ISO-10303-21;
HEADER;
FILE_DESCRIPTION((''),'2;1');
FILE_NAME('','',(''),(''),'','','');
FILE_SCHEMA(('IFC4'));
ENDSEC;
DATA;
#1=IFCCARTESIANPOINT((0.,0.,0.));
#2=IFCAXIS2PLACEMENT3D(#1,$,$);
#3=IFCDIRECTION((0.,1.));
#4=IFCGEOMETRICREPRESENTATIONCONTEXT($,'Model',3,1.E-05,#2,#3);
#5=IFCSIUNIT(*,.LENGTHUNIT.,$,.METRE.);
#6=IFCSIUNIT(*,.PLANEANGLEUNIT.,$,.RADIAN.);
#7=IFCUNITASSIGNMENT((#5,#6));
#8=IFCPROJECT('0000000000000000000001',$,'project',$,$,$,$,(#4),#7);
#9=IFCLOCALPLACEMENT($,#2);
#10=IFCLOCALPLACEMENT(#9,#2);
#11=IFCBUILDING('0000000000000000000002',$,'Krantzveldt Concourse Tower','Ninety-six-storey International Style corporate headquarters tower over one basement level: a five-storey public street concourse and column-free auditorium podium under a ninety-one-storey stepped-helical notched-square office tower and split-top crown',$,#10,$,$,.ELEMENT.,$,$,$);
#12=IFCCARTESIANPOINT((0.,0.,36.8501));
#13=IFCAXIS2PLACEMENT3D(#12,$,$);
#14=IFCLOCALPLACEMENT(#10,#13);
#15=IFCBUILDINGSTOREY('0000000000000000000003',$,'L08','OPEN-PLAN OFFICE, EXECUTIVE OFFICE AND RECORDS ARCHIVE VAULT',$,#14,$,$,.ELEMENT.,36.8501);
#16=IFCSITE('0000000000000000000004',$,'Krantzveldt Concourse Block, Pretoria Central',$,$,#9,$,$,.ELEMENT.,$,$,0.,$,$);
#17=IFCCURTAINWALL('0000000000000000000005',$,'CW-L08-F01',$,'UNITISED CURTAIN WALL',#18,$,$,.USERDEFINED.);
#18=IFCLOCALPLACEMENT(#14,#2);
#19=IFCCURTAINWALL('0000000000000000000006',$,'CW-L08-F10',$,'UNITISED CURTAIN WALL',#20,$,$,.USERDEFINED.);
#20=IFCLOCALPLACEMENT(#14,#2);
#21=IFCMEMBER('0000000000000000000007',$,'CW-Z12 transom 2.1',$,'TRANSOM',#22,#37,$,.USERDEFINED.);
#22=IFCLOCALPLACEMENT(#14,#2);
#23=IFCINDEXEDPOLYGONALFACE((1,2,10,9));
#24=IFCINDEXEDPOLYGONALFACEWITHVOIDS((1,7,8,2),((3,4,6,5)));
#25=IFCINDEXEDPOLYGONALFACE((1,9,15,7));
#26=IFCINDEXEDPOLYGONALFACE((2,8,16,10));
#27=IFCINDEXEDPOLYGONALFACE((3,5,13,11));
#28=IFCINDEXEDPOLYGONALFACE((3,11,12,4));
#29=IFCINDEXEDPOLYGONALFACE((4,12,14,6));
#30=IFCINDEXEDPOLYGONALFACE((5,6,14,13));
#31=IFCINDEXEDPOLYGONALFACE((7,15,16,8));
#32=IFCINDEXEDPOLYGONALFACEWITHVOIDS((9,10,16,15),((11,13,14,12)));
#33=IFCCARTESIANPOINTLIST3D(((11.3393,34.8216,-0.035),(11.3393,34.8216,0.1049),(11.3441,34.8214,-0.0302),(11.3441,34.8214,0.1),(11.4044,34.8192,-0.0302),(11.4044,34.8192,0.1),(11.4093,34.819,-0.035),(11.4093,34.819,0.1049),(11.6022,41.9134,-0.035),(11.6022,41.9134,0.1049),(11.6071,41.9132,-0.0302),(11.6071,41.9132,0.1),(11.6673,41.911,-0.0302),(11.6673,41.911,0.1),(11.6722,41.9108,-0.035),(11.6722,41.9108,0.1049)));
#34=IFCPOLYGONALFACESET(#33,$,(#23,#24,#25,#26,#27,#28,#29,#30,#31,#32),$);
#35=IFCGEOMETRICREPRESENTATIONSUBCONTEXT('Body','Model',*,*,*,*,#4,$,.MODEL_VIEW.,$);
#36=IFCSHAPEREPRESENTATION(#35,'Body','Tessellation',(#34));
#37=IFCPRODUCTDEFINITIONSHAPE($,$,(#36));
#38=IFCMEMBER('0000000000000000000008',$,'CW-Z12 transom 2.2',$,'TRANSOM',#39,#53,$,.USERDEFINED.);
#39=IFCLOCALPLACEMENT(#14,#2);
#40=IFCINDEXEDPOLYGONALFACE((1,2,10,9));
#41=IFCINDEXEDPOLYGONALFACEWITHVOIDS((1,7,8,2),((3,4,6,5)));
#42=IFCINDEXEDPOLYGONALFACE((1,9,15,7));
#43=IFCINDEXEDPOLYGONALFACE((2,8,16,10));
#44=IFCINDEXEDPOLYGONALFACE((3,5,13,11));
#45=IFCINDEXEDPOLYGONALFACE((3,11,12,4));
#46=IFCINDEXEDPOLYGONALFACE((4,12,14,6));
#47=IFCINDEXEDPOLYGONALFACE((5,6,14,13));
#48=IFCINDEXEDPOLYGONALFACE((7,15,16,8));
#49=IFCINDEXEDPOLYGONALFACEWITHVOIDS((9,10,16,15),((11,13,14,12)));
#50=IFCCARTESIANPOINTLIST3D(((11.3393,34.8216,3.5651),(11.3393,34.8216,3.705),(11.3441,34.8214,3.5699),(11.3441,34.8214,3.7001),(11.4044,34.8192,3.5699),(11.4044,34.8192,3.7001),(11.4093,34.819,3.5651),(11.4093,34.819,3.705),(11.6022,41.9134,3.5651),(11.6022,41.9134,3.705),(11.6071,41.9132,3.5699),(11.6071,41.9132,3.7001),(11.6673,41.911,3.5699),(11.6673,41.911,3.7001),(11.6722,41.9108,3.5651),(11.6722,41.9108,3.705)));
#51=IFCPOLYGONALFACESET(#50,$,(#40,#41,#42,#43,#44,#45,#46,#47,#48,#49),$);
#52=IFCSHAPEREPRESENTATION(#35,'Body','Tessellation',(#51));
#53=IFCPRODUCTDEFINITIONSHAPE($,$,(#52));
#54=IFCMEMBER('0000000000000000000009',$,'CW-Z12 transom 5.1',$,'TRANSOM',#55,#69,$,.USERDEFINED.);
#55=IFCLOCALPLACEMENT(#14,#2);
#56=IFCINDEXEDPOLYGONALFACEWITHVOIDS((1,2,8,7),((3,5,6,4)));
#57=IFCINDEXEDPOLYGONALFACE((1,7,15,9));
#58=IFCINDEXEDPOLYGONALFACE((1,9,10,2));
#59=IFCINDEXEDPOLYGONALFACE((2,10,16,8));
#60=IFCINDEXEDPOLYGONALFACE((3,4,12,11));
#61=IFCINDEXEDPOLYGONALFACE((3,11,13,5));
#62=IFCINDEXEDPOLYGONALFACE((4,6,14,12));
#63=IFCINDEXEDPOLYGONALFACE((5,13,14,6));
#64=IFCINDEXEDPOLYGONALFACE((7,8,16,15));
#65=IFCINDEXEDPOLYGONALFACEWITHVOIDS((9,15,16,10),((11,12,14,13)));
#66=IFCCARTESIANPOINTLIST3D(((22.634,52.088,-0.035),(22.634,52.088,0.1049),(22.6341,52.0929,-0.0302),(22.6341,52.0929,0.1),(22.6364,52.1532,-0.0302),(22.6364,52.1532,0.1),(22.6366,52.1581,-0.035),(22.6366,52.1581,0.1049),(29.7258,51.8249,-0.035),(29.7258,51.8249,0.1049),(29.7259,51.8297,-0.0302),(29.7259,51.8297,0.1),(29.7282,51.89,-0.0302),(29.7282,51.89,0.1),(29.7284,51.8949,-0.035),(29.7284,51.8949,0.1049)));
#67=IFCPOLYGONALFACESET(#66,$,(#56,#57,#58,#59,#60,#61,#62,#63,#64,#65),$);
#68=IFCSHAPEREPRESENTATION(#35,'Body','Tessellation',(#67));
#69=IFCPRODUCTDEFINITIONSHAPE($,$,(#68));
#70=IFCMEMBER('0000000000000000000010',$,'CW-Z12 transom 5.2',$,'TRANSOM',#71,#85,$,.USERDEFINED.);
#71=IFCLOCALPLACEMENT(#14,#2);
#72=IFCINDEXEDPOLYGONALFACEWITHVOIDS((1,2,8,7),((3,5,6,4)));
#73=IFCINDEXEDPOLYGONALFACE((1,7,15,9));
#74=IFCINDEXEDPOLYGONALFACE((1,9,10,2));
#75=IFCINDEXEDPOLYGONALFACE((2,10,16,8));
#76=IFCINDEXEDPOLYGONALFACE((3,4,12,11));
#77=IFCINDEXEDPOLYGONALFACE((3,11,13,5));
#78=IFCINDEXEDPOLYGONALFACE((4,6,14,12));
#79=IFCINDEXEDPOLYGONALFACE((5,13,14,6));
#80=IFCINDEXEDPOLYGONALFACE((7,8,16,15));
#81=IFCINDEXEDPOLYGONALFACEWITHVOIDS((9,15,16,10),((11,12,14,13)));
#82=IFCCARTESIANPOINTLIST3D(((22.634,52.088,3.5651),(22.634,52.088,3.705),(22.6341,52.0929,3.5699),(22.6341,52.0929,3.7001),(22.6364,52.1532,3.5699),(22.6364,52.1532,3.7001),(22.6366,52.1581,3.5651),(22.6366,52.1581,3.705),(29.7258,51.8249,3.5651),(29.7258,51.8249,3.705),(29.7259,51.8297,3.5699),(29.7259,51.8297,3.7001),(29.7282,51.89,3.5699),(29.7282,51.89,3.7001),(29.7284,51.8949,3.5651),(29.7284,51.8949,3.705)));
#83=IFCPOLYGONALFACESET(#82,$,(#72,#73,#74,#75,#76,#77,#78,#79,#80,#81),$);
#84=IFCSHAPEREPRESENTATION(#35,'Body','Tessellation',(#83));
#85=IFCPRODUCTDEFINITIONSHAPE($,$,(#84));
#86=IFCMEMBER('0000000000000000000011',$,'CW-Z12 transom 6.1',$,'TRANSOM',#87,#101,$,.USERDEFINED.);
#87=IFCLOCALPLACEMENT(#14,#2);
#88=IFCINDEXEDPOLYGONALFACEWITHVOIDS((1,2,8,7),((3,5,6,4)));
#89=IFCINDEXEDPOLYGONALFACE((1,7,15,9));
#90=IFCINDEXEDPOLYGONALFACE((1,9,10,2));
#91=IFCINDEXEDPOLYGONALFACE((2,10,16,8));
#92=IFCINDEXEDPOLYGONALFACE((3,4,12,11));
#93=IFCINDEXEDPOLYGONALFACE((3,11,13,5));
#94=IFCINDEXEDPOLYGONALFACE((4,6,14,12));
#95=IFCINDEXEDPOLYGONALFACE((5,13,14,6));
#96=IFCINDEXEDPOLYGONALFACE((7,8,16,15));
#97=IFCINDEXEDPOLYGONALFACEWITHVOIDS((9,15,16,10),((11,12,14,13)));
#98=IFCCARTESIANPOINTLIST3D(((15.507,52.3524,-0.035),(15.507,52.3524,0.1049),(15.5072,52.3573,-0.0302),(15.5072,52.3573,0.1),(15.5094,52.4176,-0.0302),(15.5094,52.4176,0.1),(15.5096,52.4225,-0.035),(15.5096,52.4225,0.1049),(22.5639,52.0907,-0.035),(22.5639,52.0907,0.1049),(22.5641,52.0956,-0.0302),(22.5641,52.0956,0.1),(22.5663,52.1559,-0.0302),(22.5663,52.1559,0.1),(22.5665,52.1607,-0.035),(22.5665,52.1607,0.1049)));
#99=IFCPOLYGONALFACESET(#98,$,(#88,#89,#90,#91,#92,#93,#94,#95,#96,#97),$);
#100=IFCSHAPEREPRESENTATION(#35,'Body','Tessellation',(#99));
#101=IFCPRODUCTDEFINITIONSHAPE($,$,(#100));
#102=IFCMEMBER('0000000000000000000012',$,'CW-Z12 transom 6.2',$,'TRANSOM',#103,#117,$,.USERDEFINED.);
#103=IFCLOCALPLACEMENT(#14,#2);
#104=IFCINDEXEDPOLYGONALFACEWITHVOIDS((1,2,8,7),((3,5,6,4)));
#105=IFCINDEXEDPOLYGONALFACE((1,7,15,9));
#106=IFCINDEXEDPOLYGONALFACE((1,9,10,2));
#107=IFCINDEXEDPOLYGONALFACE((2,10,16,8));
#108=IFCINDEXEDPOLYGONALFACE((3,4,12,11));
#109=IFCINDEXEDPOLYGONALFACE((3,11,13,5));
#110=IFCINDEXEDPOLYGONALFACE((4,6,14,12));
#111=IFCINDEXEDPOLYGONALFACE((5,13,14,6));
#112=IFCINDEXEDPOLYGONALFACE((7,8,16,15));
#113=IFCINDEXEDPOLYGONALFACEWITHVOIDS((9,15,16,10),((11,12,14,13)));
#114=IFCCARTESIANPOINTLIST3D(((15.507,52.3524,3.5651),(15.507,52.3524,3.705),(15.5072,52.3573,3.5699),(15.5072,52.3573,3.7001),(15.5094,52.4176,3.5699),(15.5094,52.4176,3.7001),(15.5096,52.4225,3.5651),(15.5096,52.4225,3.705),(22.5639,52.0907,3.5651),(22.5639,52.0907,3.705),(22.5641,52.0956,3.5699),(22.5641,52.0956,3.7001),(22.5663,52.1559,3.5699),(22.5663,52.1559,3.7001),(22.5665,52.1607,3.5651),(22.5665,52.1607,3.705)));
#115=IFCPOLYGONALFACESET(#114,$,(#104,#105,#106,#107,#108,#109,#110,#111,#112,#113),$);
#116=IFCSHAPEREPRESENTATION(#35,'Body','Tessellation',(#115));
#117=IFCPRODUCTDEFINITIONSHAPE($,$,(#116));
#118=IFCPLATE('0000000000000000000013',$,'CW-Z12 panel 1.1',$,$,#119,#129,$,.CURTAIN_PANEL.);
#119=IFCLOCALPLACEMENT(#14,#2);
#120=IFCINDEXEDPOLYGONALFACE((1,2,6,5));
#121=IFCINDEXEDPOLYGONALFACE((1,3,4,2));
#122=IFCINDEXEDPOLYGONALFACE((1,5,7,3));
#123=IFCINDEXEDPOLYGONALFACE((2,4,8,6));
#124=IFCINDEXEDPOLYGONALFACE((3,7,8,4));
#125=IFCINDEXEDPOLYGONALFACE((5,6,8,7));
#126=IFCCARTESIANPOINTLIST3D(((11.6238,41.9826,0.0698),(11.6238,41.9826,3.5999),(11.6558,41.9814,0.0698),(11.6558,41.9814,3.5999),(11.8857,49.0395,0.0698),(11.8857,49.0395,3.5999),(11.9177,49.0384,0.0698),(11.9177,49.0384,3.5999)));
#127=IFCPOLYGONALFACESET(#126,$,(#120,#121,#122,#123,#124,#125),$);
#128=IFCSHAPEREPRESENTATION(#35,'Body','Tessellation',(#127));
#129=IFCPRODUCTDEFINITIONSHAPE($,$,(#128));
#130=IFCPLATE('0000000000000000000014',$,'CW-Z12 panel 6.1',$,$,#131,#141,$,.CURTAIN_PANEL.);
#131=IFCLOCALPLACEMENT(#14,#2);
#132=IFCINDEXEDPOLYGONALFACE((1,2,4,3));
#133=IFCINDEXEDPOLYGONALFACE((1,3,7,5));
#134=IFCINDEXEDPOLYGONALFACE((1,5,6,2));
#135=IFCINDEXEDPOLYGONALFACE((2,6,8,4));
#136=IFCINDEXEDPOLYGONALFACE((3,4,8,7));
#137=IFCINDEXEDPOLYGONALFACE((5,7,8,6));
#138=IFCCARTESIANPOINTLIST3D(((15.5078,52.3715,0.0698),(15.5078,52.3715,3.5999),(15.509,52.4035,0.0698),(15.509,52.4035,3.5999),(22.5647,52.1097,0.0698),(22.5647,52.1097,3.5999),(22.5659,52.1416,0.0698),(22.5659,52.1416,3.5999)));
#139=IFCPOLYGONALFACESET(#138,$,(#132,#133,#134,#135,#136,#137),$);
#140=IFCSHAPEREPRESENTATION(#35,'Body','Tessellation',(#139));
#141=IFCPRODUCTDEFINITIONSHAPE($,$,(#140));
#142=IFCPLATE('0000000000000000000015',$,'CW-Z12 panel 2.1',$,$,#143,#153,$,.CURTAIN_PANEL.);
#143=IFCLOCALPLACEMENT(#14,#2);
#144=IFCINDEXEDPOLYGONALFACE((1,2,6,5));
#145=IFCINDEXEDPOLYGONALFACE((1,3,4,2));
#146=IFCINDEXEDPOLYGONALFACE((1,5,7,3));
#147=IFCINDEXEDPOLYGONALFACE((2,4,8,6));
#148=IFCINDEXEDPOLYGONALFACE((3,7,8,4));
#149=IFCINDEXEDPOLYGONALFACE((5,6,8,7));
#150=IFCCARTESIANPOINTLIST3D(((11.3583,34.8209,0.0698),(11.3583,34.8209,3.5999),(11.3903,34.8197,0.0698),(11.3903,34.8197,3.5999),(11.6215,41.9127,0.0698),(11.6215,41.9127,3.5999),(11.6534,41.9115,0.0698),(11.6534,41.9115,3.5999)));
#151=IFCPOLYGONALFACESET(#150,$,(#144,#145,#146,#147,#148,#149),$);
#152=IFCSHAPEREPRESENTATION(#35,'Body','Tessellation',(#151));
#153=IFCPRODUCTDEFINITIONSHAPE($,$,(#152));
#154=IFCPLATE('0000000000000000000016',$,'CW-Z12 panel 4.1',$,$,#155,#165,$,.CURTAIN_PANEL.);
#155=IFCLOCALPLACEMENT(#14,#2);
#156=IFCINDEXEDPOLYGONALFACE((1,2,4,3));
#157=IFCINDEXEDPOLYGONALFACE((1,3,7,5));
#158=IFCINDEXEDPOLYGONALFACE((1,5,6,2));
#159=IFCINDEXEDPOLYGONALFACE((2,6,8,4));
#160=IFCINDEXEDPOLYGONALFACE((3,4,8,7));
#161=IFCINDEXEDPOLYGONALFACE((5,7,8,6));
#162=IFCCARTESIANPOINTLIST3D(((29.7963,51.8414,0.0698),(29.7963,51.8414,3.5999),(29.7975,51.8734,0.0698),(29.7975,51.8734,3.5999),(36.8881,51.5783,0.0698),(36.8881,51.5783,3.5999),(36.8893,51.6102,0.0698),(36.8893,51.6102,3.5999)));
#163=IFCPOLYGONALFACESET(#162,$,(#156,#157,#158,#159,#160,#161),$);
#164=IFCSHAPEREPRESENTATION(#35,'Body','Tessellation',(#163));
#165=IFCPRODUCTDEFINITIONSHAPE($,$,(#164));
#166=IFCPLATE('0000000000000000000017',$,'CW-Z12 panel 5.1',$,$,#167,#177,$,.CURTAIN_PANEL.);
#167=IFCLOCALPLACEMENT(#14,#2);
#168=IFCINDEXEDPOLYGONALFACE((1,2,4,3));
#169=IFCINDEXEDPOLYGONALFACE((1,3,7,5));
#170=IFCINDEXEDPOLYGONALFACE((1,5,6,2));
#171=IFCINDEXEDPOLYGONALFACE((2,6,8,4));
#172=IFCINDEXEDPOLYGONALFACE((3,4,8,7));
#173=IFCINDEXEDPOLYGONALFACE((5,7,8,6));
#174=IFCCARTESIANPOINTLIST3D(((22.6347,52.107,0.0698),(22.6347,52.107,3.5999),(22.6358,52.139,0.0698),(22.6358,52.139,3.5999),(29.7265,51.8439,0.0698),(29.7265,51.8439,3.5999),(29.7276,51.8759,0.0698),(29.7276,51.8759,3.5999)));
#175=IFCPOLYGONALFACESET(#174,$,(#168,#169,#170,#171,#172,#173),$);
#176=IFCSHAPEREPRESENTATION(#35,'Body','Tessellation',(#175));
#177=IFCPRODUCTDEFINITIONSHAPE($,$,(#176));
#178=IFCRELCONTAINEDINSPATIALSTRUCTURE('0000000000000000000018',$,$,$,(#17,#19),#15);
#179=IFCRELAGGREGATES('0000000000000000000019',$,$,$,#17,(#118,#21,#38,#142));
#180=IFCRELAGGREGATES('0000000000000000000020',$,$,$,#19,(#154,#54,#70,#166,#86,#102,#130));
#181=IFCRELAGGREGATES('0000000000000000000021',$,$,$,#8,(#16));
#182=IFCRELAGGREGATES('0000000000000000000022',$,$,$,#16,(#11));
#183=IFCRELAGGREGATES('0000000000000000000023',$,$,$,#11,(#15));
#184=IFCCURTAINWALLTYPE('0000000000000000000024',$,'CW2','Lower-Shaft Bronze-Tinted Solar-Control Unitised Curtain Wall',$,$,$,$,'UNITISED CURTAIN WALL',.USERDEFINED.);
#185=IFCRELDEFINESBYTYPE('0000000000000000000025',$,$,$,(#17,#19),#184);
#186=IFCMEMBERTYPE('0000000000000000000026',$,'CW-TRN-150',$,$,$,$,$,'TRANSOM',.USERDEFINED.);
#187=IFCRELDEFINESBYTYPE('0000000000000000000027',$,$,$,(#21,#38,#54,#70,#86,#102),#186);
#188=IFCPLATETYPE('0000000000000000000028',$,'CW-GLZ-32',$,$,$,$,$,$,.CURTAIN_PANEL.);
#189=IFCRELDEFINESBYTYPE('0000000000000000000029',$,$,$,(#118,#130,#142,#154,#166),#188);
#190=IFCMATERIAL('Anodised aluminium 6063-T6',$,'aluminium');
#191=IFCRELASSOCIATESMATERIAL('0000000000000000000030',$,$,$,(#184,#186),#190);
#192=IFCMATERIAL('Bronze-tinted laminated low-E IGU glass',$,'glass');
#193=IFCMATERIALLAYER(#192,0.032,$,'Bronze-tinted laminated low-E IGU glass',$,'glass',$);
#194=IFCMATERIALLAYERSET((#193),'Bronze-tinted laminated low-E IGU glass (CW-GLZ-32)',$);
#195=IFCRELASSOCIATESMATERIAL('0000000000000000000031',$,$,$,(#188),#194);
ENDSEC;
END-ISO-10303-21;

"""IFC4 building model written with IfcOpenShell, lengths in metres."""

from ifc_helpers import new_model, si_unit, direction, frame, origin, origin_2d, place, context, subcontext, project, spatial, rectangle, hollow_rectangle, extrude, source, transform, mapped, material, layer, layer_set, material_profile, profile_set, type_object, type_shapes, element, aggregate, save


model = new_model("IFC4")

# Units and contexts
model_context = context("Model", 3, precision=1e-05, world=origin(), true_north=direction((0.0, 1.0)))
body_context = subcontext(model_context, "Body", "Model", "MODEL_VIEW")
ifc_project = project(units=[si_unit("LENGTHUNIT", "METRE"), si_unit("PLANEANGLEUNIT", "RADIAN")], contexts=[model_context])

# Site, building, storey
site_placement = place(None, origin())
site = spatial("IfcSite", under=ifc_project, at=site_placement, Name="Krantzveldt Concourse Block, Pretoria Central", CompositionType="ELEMENT", RefElevation=0.0)
building_placement = place(site_placement, origin())
building = spatial("IfcBuilding", under=site, at=building_placement, Name="Krantzveldt Concourse Tower", Description="Ninety-six-storey International Style corporate headquarters tower over one basement level: a five-storey public street concourse and column-free auditorium podium under a ninety-one-storey stepped-helical notched-square office tower and split-top crown", CompositionType="ELEMENT")
storey_placement = place(building_placement, frame((0.0, 0.0, 36.8501)))
storey = spatial("IfcBuildingStorey", under=building, at=storey_placement, Name="L08", Description="OPEN-PLAN OFFICE, EXECUTIVE OFFICE AND RECORDS ARCHIVE VAULT", CompositionType="ELEMENT", Elevation=36.8501)

# Curtain walls
ifc_material_1 = material(Name="Anodised aluminium 6063-T6", Category="aluminium")
curtain_wall_type = type_object("IfcCurtainWallType", Name="CW2", Description="Lower-Shaft Bronze-Tinted Solar-Control Unitised Curtain Wall", ElementType="UNITISED CURTAIN WALL", PredefinedType="USERDEFINED", material=ifc_material_1)
curtain_wall_1_placement = place(storey_placement, origin())
curtain_wall_1 = element("IfcCurtainWall", 1, at=curtain_wall_1_placement, inside=storey, type_object=curtain_wall_type, Name="CW-L08-F01", ObjectType="UNITISED CURTAIN WALL", PredefinedType="USERDEFINED")
curtain_wall_2_placement = place(storey_placement, origin())
curtain_wall_2 = element("IfcCurtainWall", 2, at=curtain_wall_2_placement, inside=storey, type_object=curtain_wall_type, Name="CW-L08-F10", ObjectType="UNITISED CURTAIN WALL", PredefinedType="USERDEFINED")

# Members
ifc_material_profile_1 = material_profile(ifc_material_1, hollow_rectangle(XDim=0.0701, YDim=0.1399, WallThickness=0.0049, at=origin_2d()), Name="Anodised aluminium 6063-T6", Category="aluminium")
ifc_profile_set_1 = profile_set([ifc_material_profile_1], Name="Anodised aluminium 6063-T6 - ALU-TRAN 140x70x5")
member_type_1 = type_object("IfcMemberType", Name="CW-TRN-150", ElementType="TRANSOM", PredefinedType="USERDEFINED", material=ifc_profile_set_1)
shared_shape_1 = source(origin(), body_context, "Body", "SweptSolid", [
    extrude(hollow_rectangle(XDim=0.0701, YDim=0.1399, WallThickness=0.0049, at=origin_2d()), origin(), (0.0, 0.0, 1.0), 7.0967),
])
member_1_placement = place(storey_placement, frame((11.6372, 41.9121, 0.0349), z_axis=(-0.037051, -0.999313, 0.0), x_axis=(0.999313, -0.037051, 0.0)))
member_1 = element("IfcMember", 3, at=member_1_placement, type_object=member_type_1, Name="CW-Z12 transom 2.1", ObjectType="TRANSOM", PredefinedType="USERDEFINED", context=body_context, shape_type="MappedRepresentation", body=[
    mapped(shared_shape_1, transform((0.0, 0.0, 0.0), x_axis=(1.0, 0.0, 0.0), y_axis=(0.0, 1.0, 0.0), z_axis=(0.0, 0.0, 1.0), scale=1.0)),
])
member_2_placement = place(storey_placement, frame((11.6372, 41.9121, 3.635), z_axis=(-0.037051, -0.999313, 0.0), x_axis=(0.999313, -0.037051, 0.0)))
member_2 = element("IfcMember", 4, at=member_2_placement, type_object=member_type_1, Name="CW-Z12 transom 2.2", ObjectType="TRANSOM", PredefinedType="USERDEFINED", context=body_context, shape_type="MappedRepresentation", body=[
    mapped(shared_shape_1, transform((0.0, 0.0, 0.0), x_axis=(1.0, 0.0, 0.0), y_axis=(0.0, 1.0, 0.0), z_axis=(0.0, 0.0, 1.0), scale=1.0)),
])
member_3_placement = place(storey_placement, frame((29.7271, 51.8599, 0.0349), z_axis=(-0.999312, 0.037085, 0.0), x_axis=(-0.037085, -0.999312, 0.0)))
member_3 = element("IfcMember", 5, at=member_3_placement, type_object=member_type_1, Name="CW-Z12 transom 5.1", ObjectType="TRANSOM", PredefinedType="USERDEFINED", context=body_context, shape_type="MappedRepresentation", body=[
    mapped(shared_shape_1, transform((0.0, 0.0, 0.0), x_axis=(1.0, 0.0, 0.0), y_axis=(0.0, 1.0, 0.0), z_axis=(0.0, 0.0, 1.0), scale=1.0)),
])
member_4_placement = place(storey_placement, frame((29.7271, 51.8599, 3.635), z_axis=(-0.999312, 0.037085, 0.0), x_axis=(-0.037085, -0.999312, 0.0)))
member_4 = element("IfcMember", 6, at=member_4_placement, type_object=member_type_1, Name="CW-Z12 transom 5.2", ObjectType="TRANSOM", PredefinedType="USERDEFINED", context=body_context, shape_type="MappedRepresentation", body=[
    mapped(shared_shape_1, transform((0.0, 0.0, 0.0), x_axis=(1.0, 0.0, 0.0), y_axis=(0.0, 1.0, 0.0), z_axis=(0.0, 0.0, 1.0), scale=1.0)),
])
shared_shape_2 = source(origin(), body_context, "Body", "SweptSolid", [
    extrude(hollow_rectangle(XDim=0.0701, YDim=0.1399, WallThickness=0.0049, at=origin_2d()), origin(), (0.0, 0.0, 1.0), 7.0618),
])
member_5_placement = place(storey_placement, frame((22.5652, 52.1257, 0.0349), z_axis=(-0.999313, 0.037062, 0.0), x_axis=(-0.037062, -0.999313, 0.0)))
member_5 = element("IfcMember", 7, at=member_5_placement, type_object=member_type_1, Name="CW-Z12 transom 6.1", ObjectType="TRANSOM", PredefinedType="USERDEFINED", context=body_context, shape_type="MappedRepresentation", body=[
    mapped(shared_shape_2, transform((0.0, 0.0, 0.0), x_axis=(1.0, 0.0, 0.0), y_axis=(0.0, 1.0, 0.0), z_axis=(0.0, 0.0, 1.0), scale=1.0)),
])
member_6_placement = place(storey_placement, frame((22.5652, 52.1257, 3.635), z_axis=(-0.999313, 0.037062, 0.0), x_axis=(-0.037062, -0.999313, 0.0)))
member_6 = element("IfcMember", 8, at=member_6_placement, type_object=member_type_1, Name="CW-Z12 transom 6.2", ObjectType="TRANSOM", PredefinedType="USERDEFINED", context=body_context, shape_type="MappedRepresentation", body=[
    mapped(shared_shape_2, transform((0.0, 0.0, 0.0), x_axis=(1.0, 0.0, 0.0), y_axis=(0.0, 1.0, 0.0), z_axis=(0.0, 0.0, 1.0), scale=1.0)),
])

# Plates
ifc_material_2 = material(Name="Bronze-tinted laminated low-E IGU glass", Category="glass")
ifc_layer_1 = layer(ifc_material_2, 0.032, Name="Bronze-tinted laminated low-E IGU glass", Category="glass")
ifc_layer_set_1 = layer_set([ifc_layer_1], Name="Bronze-tinted laminated low-E IGU glass (CW-GLZ-32)")
plate_type = type_object("IfcPlateType", Name="CW-GLZ-32", PredefinedType="CURTAIN_PANEL", material=ifc_layer_set_1)
shared_shape_3 = source(origin(), body_context, "Body", "SweptSolid", [
    extrude(rectangle(XDim=7.0618, YDim=0.032, at=origin_2d()), origin(), (0.0, 0.0, 1.0), 3.53),
])
plate_1_placement = place(storey_placement, frame((11.7708, 45.5105, 0.0698), z_axis=(0.0, 0.0, 1.0), x_axis=(-0.03708, -0.999312, 0.0)))
plate_1 = element("IfcPlate", 9, at=plate_1_placement, type_object=plate_type, Name="CW-Z12 panel 1.1", PredefinedType="CURTAIN_PANEL", context=body_context, shape_type="MappedRepresentation", body=[
    mapped(shared_shape_3, transform((0.0, 0.0, 0.0), x_axis=(1.0, 0.0, 0.0), y_axis=(0.0, 1.0, 0.0), z_axis=(0.0, 0.0, 1.0), scale=1.0)),
])
plate_2_placement = place(storey_placement, frame((19.0369, 52.2566, 0.0698), z_axis=(0.0, 0.0, 1.0), x_axis=(-0.999312, 0.03708, 0.0)))
plate_2 = element("IfcPlate", 10, at=plate_2_placement, type_object=plate_type, Name="CW-Z12 panel 6.1", PredefinedType="CURTAIN_PANEL", context=body_context, shape_type="MappedRepresentation", body=[
    mapped(shared_shape_3, transform((0.0, 0.0, 0.0), x_axis=(1.0, 0.0, 0.0), y_axis=(0.0, 1.0, 0.0), z_axis=(0.0, 0.0, 1.0), scale=1.0)),
])
shared_shape_4 = source(origin(), body_context, "Body", "SweptSolid", [
    extrude(rectangle(XDim=7.0967, YDim=0.032, at=origin_2d()), origin(), (0.0, 0.0, 1.0), 3.53),
])
type_shapes(plate_type, [shared_shape_3, shared_shape_4])
plate_3_placement = place(storey_placement, frame((11.5059, 38.3662, 0.0698), z_axis=(0.0, 0.0, 1.0), x_axis=(-0.03708, -0.999312, 0.0)))
plate_3 = element("IfcPlate", 11, at=plate_3_placement, type_object=plate_type, Name="CW-Z12 panel 2.1", PredefinedType="CURTAIN_PANEL", context=body_context, shape_type="MappedRepresentation", body=[
    mapped(shared_shape_4, transform((0.0, 0.0, 0.0), x_axis=(1.0, 0.0, 0.0), y_axis=(0.0, 1.0, 0.0), z_axis=(0.0, 0.0, 1.0), scale=1.0)),
])
aggregate(curtain_wall_1, [plate_1, member_1, member_2, plate_3])
plate_4_placement = place(storey_placement, frame((33.3428, 51.7258, 0.0698), z_axis=(0.0, 0.0, 1.0), x_axis=(-0.999312, 0.03708, 0.0)))
plate_4 = element("IfcPlate", 12, at=plate_4_placement, type_object=plate_type, Name="CW-Z12 panel 4.1", PredefinedType="CURTAIN_PANEL", context=body_context, shape_type="MappedRepresentation", body=[
    mapped(shared_shape_4, transform((0.0, 0.0, 0.0), x_axis=(1.0, 0.0, 0.0), y_axis=(0.0, 1.0, 0.0), z_axis=(0.0, 0.0, 1.0), scale=1.0)),
])
plate_5_placement = place(storey_placement, frame((26.1812, 51.9915, 0.0698), z_axis=(0.0, 0.0, 1.0), x_axis=(-0.999312, 0.03708, 0.0)))
plate_5 = element("IfcPlate", 13, at=plate_5_placement, type_object=plate_type, Name="CW-Z12 panel 5.1", PredefinedType="CURTAIN_PANEL", context=body_context, shape_type="MappedRepresentation", body=[
    mapped(shared_shape_4, transform((0.0, 0.0, 0.0), x_axis=(1.0, 0.0, 0.0), y_axis=(0.0, 1.0, 0.0), z_axis=(0.0, 0.0, 1.0), scale=1.0)),
])
aggregate(curtain_wall_2, [plate_4, member_3, member_4, plate_5, member_5, member_6, plate_2])

save(model, "model.ifc")
